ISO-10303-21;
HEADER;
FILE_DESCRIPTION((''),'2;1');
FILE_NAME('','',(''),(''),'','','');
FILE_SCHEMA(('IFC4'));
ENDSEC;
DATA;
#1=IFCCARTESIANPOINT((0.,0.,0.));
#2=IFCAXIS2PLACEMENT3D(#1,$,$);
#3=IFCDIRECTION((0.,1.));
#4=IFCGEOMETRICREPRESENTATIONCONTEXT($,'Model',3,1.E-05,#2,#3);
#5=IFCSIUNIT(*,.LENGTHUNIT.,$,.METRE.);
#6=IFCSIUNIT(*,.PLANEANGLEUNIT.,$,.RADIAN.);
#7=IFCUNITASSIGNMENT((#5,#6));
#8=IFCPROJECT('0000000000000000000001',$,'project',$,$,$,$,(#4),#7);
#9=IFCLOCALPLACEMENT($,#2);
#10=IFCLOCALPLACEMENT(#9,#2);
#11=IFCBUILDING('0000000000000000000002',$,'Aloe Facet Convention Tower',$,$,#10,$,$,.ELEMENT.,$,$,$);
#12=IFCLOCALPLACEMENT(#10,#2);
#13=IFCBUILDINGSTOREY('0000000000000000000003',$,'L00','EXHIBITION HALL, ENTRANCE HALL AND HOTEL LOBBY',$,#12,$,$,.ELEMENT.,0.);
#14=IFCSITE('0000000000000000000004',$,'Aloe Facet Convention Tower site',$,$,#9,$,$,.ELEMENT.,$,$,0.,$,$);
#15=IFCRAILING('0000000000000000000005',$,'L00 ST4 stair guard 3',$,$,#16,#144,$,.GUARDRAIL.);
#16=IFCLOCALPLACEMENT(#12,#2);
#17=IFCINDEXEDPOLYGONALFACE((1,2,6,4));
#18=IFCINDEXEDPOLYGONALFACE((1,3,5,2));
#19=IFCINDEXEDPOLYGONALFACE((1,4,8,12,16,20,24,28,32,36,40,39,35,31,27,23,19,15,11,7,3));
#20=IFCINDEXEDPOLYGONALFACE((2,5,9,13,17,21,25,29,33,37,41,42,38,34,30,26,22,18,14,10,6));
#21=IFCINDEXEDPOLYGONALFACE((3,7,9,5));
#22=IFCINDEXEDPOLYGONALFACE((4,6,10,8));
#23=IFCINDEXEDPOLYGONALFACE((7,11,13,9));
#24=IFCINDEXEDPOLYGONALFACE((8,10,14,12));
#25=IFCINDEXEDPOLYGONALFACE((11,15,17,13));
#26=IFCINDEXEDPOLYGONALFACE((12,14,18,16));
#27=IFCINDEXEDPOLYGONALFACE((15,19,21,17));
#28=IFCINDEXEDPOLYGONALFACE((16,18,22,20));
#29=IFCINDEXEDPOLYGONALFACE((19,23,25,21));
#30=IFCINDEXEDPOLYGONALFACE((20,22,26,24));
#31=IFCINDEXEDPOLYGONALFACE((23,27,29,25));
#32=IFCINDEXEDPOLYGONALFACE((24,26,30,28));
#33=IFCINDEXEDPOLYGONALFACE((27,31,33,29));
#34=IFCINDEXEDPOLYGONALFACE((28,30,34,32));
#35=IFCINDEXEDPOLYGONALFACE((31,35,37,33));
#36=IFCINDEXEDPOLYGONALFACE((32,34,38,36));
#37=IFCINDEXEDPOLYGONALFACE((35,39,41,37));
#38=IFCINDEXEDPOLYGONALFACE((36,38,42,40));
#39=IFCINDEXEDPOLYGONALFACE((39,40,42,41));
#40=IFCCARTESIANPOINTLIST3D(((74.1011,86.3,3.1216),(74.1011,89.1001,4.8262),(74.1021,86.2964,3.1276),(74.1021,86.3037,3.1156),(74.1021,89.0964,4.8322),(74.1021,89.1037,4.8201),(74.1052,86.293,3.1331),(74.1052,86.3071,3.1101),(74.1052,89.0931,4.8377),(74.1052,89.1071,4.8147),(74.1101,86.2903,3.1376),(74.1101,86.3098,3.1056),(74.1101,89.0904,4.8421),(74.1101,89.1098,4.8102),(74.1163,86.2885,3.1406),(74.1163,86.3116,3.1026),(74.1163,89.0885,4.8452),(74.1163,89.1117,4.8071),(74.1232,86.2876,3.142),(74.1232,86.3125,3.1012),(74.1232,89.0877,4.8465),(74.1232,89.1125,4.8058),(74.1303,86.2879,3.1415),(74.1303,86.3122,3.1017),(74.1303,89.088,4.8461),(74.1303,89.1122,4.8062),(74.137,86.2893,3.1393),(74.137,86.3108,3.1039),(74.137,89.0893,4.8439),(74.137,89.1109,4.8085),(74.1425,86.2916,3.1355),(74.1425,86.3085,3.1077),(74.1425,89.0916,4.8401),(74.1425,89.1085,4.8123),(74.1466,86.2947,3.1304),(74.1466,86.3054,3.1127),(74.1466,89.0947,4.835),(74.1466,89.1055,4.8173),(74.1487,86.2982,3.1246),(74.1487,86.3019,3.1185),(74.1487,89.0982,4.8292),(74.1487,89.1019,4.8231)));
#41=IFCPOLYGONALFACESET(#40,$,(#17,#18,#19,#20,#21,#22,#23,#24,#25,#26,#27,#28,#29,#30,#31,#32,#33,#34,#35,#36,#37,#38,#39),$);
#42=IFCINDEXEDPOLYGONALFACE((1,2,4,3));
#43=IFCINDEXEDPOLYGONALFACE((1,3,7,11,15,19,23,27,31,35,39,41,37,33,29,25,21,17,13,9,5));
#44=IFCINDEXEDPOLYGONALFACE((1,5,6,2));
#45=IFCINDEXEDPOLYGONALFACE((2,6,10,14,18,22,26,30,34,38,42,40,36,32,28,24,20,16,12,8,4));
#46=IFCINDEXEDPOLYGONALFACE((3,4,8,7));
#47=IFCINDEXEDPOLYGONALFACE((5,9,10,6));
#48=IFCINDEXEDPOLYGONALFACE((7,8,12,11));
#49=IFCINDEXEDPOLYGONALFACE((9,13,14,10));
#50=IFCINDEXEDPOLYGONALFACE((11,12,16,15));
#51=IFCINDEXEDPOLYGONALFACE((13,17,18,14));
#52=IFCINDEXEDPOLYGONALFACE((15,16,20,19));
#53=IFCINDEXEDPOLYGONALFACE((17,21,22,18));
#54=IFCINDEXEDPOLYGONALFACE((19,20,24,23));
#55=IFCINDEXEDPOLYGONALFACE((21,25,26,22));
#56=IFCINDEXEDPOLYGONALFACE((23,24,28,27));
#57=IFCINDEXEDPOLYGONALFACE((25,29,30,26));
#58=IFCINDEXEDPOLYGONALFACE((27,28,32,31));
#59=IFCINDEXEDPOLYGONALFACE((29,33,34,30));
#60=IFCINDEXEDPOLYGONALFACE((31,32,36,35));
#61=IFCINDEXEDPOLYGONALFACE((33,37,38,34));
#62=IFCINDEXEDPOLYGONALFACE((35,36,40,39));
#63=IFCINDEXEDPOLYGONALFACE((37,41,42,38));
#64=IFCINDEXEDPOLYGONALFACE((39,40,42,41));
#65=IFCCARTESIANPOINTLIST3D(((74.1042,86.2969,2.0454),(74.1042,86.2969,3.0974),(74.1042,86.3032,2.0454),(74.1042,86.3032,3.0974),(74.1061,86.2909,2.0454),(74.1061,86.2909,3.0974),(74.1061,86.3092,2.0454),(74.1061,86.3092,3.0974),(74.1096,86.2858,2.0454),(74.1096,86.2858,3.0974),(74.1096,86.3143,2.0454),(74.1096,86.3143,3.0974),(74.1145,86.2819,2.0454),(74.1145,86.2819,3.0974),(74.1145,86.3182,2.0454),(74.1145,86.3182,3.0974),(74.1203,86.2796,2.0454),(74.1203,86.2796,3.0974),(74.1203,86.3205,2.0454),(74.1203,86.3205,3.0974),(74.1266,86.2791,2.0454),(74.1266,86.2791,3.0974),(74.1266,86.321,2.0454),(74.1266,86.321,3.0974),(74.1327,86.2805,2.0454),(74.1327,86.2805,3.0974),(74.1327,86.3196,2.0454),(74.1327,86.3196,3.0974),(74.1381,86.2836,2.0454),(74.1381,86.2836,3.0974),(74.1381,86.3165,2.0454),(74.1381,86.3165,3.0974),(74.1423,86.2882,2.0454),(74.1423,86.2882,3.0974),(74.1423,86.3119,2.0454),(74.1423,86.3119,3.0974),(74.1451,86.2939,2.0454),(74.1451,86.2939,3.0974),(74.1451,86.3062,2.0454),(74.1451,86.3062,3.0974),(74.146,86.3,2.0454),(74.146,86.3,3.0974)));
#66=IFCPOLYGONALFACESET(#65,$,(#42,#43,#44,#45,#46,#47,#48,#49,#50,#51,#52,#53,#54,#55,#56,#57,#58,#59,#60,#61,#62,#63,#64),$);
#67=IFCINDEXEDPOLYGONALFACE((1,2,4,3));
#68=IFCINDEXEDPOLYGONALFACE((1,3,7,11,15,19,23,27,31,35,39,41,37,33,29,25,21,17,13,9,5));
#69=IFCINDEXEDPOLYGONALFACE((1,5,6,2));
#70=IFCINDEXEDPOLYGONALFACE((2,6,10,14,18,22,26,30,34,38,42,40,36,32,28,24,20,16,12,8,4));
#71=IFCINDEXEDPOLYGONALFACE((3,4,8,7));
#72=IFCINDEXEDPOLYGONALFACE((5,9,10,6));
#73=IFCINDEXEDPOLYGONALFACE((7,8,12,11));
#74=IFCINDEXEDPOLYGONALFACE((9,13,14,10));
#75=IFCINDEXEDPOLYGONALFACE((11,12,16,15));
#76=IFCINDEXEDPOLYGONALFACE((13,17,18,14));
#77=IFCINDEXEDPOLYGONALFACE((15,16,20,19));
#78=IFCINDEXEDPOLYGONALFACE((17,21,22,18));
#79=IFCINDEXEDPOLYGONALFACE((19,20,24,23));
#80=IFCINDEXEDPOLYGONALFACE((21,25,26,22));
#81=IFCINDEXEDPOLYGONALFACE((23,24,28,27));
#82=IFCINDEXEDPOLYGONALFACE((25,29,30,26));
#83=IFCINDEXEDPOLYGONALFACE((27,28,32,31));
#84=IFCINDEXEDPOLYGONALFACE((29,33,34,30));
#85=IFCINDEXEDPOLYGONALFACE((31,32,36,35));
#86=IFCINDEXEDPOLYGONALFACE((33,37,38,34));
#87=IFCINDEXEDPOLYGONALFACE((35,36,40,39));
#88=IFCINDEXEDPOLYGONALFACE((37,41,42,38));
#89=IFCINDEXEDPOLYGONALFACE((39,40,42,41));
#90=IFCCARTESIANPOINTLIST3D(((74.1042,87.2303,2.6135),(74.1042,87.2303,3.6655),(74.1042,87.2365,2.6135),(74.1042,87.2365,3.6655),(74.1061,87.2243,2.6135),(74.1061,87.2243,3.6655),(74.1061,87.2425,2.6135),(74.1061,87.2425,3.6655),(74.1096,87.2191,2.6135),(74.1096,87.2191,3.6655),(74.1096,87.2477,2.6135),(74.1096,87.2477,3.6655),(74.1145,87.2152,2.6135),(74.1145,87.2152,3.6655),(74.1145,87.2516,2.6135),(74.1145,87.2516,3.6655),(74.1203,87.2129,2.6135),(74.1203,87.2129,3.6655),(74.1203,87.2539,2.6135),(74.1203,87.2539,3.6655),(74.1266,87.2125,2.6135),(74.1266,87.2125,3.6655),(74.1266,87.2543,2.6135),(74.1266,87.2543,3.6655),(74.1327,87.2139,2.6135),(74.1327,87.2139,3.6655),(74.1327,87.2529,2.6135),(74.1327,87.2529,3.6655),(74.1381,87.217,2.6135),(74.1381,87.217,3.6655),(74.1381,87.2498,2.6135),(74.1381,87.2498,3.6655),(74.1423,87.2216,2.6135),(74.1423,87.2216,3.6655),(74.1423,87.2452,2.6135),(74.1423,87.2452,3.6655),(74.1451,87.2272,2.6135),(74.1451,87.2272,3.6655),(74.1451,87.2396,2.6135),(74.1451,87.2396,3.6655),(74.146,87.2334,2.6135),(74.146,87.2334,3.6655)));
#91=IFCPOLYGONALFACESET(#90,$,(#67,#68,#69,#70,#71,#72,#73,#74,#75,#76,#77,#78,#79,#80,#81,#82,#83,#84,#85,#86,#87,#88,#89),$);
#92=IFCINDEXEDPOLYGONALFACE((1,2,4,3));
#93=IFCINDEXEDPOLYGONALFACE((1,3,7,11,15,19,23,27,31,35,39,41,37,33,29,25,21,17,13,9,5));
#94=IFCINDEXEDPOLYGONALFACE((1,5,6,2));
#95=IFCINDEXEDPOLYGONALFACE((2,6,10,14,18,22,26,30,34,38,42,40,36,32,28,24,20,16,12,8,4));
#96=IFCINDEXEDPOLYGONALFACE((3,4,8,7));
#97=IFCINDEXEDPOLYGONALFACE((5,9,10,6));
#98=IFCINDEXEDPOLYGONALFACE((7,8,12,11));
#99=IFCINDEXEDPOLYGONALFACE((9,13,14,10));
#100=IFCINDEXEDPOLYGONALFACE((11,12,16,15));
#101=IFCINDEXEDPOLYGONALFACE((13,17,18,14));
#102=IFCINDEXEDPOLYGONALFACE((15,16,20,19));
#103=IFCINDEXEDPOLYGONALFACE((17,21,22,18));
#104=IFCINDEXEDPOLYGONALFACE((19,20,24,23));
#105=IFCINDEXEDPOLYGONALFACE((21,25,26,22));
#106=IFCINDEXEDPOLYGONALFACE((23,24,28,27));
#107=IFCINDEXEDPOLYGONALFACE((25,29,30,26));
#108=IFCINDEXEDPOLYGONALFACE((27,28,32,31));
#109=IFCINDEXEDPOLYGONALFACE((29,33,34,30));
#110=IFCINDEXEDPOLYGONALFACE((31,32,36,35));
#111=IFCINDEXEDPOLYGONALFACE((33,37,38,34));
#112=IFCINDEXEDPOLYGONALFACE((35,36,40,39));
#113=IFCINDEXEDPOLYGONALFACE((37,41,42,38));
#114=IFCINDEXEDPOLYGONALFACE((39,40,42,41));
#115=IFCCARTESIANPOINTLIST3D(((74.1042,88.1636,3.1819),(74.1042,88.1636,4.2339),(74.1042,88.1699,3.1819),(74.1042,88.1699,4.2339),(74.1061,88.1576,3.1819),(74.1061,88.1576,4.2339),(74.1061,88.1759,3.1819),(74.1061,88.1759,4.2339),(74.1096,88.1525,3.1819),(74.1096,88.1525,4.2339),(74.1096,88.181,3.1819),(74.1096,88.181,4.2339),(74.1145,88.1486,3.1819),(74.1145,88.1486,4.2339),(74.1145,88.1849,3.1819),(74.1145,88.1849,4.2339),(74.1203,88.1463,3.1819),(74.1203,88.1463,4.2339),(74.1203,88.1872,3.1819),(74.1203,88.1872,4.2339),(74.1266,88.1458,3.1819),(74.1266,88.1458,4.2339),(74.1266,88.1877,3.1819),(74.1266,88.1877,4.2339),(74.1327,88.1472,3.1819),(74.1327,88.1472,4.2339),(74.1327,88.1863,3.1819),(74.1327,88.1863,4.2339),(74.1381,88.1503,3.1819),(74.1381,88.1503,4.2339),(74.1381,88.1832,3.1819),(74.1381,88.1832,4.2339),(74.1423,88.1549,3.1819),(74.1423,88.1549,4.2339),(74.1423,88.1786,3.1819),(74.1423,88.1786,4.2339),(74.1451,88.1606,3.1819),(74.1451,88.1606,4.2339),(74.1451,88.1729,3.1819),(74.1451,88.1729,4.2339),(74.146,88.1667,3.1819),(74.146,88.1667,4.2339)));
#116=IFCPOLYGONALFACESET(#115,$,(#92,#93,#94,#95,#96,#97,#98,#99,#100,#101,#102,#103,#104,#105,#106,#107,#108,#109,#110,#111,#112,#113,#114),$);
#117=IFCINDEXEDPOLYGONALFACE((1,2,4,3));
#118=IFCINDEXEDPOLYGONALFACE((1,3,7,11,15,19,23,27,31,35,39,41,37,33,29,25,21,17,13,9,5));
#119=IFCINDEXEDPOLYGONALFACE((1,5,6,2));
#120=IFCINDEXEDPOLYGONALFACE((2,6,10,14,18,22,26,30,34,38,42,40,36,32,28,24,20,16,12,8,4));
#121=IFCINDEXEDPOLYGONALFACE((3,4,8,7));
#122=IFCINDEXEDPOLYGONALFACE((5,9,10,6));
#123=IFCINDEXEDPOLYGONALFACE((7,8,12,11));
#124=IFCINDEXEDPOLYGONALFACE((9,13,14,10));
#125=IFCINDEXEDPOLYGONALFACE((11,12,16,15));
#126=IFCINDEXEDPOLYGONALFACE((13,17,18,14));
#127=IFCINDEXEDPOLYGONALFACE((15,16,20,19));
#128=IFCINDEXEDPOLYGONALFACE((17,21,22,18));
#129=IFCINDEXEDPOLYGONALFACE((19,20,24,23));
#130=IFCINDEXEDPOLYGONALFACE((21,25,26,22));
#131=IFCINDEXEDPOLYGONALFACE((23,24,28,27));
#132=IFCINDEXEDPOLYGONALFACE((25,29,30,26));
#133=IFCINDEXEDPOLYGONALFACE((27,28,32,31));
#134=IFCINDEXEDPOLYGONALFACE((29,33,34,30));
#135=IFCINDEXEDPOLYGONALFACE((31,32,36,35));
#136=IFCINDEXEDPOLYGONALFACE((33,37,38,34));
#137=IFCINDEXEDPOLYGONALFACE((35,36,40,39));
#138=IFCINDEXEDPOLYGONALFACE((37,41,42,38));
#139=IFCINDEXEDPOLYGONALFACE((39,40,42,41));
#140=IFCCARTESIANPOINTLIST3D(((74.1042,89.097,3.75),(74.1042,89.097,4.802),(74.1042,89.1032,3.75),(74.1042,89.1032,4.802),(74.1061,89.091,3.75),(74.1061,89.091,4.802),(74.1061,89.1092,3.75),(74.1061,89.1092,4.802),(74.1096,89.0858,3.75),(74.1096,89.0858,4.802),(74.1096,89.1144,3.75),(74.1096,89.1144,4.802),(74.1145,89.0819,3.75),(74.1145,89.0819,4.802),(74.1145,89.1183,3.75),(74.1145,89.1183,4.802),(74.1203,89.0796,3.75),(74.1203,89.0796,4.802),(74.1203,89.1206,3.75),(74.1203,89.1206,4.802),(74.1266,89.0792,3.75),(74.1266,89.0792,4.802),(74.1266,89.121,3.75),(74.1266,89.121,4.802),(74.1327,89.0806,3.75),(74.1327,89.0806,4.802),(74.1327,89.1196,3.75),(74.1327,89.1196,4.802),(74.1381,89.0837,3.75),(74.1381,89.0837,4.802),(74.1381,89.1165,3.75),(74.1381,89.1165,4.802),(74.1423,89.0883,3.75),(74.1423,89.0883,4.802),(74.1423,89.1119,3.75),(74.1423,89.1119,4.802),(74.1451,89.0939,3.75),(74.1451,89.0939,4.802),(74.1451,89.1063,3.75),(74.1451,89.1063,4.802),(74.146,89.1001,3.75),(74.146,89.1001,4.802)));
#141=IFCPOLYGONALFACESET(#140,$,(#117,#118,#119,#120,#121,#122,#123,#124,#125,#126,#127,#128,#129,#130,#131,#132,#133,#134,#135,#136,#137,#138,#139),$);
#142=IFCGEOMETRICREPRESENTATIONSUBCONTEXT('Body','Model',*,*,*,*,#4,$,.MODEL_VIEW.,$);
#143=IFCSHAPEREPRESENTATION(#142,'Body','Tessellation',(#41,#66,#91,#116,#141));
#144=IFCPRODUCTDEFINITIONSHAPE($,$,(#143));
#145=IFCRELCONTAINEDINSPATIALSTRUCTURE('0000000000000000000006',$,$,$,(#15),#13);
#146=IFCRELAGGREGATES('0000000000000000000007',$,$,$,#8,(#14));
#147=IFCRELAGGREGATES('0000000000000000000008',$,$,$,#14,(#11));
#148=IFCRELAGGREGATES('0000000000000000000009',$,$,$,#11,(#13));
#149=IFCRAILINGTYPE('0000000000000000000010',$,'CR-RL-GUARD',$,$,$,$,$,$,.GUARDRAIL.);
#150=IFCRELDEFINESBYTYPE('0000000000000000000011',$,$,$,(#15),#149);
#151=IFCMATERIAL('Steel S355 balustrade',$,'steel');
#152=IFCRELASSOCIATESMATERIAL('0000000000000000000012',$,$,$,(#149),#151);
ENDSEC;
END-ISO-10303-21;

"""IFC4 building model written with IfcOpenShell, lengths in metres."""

from ifc_helpers import new_model, si_unit, direction, frame, origin, origin_2d, place, context, subcontext, project, spatial, circle, extrude, material, type_object, element, save


model = new_model("IFC4")

# Units and contexts
model_context = context("Model", 3, precision=1e-05, world=origin(), true_north=direction((0.0, 1.0)))
body_context = subcontext(model_context, "Body", "Model", "MODEL_VIEW")
ifc_project = project(units=[si_unit("LENGTHUNIT", "METRE"), si_unit("PLANEANGLEUNIT", "RADIAN")], contexts=[model_context])

# Site, building, storey
site_placement = place(None, origin())
site = spatial("IfcSite", under=ifc_project, at=site_placement, Name="Aloe Facet Convention Tower site", CompositionType="ELEMENT", RefElevation=0.0)
building_placement = place(site_placement, origin())
building = spatial("IfcBuilding", under=site, at=building_placement, Name="Aloe Facet Convention Tower", CompositionType="ELEMENT")
storey_placement = place(building_placement, origin())
storey = spatial("IfcBuildingStorey", under=building, at=storey_placement, Name="L00", Description="EXHIBITION HALL, ENTRANCE HALL AND HOTEL LOBBY", CompositionType="ELEMENT", Elevation=0.0)

# Railing
ifc_material_1 = material(Name="Steel S355 balustrade", Category="steel")
railing_type = type_object("IfcRailingType", Name="CR-RL-GUARD", PredefinedType="GUARDRAIL", material=ifc_material_1)
railing_1_placement = place(storey_placement, frame((74.125, 86.3, 2.0454)))
element("IfcRailing", 1, at=railing_1_placement, inside=storey, type_object=railing_type, Name="L00 ST4 stair guard 3", PredefinedType="GUARDRAIL", context=body_context, shape_type="SweptSolid", body=[
    extrude(circle(Radius=0.0239, at=origin_2d()), frame((0.0, 0.0, 1.0762), z_axis=(0.0, 0.85417, 0.519994), x_axis=(-1.0, 0.0, 0.0)), (0.0, 0.0, 1.0), 3.2781),
    extrude(circle(Radius=0.021, at=origin_2d()), origin(), (0.0, 0.0, 1.0), 1.052),
    extrude(circle(Radius=0.021, at=origin_2d()), frame((0.0, 0.9333, 0.5681)), (0.0, 0.0, 1.0), 1.052),
    extrude(circle(Radius=0.021, at=origin_2d()), frame((0.0, 1.8667, 1.1365)), (0.0, 0.0, 1.0), 1.052),
    extrude(circle(Radius=0.021, at=origin_2d()), frame((0.0, 2.8, 1.7046)), (0.0, 0.0, 1.0), 1.052),
])

save(model, "model.ifc")
